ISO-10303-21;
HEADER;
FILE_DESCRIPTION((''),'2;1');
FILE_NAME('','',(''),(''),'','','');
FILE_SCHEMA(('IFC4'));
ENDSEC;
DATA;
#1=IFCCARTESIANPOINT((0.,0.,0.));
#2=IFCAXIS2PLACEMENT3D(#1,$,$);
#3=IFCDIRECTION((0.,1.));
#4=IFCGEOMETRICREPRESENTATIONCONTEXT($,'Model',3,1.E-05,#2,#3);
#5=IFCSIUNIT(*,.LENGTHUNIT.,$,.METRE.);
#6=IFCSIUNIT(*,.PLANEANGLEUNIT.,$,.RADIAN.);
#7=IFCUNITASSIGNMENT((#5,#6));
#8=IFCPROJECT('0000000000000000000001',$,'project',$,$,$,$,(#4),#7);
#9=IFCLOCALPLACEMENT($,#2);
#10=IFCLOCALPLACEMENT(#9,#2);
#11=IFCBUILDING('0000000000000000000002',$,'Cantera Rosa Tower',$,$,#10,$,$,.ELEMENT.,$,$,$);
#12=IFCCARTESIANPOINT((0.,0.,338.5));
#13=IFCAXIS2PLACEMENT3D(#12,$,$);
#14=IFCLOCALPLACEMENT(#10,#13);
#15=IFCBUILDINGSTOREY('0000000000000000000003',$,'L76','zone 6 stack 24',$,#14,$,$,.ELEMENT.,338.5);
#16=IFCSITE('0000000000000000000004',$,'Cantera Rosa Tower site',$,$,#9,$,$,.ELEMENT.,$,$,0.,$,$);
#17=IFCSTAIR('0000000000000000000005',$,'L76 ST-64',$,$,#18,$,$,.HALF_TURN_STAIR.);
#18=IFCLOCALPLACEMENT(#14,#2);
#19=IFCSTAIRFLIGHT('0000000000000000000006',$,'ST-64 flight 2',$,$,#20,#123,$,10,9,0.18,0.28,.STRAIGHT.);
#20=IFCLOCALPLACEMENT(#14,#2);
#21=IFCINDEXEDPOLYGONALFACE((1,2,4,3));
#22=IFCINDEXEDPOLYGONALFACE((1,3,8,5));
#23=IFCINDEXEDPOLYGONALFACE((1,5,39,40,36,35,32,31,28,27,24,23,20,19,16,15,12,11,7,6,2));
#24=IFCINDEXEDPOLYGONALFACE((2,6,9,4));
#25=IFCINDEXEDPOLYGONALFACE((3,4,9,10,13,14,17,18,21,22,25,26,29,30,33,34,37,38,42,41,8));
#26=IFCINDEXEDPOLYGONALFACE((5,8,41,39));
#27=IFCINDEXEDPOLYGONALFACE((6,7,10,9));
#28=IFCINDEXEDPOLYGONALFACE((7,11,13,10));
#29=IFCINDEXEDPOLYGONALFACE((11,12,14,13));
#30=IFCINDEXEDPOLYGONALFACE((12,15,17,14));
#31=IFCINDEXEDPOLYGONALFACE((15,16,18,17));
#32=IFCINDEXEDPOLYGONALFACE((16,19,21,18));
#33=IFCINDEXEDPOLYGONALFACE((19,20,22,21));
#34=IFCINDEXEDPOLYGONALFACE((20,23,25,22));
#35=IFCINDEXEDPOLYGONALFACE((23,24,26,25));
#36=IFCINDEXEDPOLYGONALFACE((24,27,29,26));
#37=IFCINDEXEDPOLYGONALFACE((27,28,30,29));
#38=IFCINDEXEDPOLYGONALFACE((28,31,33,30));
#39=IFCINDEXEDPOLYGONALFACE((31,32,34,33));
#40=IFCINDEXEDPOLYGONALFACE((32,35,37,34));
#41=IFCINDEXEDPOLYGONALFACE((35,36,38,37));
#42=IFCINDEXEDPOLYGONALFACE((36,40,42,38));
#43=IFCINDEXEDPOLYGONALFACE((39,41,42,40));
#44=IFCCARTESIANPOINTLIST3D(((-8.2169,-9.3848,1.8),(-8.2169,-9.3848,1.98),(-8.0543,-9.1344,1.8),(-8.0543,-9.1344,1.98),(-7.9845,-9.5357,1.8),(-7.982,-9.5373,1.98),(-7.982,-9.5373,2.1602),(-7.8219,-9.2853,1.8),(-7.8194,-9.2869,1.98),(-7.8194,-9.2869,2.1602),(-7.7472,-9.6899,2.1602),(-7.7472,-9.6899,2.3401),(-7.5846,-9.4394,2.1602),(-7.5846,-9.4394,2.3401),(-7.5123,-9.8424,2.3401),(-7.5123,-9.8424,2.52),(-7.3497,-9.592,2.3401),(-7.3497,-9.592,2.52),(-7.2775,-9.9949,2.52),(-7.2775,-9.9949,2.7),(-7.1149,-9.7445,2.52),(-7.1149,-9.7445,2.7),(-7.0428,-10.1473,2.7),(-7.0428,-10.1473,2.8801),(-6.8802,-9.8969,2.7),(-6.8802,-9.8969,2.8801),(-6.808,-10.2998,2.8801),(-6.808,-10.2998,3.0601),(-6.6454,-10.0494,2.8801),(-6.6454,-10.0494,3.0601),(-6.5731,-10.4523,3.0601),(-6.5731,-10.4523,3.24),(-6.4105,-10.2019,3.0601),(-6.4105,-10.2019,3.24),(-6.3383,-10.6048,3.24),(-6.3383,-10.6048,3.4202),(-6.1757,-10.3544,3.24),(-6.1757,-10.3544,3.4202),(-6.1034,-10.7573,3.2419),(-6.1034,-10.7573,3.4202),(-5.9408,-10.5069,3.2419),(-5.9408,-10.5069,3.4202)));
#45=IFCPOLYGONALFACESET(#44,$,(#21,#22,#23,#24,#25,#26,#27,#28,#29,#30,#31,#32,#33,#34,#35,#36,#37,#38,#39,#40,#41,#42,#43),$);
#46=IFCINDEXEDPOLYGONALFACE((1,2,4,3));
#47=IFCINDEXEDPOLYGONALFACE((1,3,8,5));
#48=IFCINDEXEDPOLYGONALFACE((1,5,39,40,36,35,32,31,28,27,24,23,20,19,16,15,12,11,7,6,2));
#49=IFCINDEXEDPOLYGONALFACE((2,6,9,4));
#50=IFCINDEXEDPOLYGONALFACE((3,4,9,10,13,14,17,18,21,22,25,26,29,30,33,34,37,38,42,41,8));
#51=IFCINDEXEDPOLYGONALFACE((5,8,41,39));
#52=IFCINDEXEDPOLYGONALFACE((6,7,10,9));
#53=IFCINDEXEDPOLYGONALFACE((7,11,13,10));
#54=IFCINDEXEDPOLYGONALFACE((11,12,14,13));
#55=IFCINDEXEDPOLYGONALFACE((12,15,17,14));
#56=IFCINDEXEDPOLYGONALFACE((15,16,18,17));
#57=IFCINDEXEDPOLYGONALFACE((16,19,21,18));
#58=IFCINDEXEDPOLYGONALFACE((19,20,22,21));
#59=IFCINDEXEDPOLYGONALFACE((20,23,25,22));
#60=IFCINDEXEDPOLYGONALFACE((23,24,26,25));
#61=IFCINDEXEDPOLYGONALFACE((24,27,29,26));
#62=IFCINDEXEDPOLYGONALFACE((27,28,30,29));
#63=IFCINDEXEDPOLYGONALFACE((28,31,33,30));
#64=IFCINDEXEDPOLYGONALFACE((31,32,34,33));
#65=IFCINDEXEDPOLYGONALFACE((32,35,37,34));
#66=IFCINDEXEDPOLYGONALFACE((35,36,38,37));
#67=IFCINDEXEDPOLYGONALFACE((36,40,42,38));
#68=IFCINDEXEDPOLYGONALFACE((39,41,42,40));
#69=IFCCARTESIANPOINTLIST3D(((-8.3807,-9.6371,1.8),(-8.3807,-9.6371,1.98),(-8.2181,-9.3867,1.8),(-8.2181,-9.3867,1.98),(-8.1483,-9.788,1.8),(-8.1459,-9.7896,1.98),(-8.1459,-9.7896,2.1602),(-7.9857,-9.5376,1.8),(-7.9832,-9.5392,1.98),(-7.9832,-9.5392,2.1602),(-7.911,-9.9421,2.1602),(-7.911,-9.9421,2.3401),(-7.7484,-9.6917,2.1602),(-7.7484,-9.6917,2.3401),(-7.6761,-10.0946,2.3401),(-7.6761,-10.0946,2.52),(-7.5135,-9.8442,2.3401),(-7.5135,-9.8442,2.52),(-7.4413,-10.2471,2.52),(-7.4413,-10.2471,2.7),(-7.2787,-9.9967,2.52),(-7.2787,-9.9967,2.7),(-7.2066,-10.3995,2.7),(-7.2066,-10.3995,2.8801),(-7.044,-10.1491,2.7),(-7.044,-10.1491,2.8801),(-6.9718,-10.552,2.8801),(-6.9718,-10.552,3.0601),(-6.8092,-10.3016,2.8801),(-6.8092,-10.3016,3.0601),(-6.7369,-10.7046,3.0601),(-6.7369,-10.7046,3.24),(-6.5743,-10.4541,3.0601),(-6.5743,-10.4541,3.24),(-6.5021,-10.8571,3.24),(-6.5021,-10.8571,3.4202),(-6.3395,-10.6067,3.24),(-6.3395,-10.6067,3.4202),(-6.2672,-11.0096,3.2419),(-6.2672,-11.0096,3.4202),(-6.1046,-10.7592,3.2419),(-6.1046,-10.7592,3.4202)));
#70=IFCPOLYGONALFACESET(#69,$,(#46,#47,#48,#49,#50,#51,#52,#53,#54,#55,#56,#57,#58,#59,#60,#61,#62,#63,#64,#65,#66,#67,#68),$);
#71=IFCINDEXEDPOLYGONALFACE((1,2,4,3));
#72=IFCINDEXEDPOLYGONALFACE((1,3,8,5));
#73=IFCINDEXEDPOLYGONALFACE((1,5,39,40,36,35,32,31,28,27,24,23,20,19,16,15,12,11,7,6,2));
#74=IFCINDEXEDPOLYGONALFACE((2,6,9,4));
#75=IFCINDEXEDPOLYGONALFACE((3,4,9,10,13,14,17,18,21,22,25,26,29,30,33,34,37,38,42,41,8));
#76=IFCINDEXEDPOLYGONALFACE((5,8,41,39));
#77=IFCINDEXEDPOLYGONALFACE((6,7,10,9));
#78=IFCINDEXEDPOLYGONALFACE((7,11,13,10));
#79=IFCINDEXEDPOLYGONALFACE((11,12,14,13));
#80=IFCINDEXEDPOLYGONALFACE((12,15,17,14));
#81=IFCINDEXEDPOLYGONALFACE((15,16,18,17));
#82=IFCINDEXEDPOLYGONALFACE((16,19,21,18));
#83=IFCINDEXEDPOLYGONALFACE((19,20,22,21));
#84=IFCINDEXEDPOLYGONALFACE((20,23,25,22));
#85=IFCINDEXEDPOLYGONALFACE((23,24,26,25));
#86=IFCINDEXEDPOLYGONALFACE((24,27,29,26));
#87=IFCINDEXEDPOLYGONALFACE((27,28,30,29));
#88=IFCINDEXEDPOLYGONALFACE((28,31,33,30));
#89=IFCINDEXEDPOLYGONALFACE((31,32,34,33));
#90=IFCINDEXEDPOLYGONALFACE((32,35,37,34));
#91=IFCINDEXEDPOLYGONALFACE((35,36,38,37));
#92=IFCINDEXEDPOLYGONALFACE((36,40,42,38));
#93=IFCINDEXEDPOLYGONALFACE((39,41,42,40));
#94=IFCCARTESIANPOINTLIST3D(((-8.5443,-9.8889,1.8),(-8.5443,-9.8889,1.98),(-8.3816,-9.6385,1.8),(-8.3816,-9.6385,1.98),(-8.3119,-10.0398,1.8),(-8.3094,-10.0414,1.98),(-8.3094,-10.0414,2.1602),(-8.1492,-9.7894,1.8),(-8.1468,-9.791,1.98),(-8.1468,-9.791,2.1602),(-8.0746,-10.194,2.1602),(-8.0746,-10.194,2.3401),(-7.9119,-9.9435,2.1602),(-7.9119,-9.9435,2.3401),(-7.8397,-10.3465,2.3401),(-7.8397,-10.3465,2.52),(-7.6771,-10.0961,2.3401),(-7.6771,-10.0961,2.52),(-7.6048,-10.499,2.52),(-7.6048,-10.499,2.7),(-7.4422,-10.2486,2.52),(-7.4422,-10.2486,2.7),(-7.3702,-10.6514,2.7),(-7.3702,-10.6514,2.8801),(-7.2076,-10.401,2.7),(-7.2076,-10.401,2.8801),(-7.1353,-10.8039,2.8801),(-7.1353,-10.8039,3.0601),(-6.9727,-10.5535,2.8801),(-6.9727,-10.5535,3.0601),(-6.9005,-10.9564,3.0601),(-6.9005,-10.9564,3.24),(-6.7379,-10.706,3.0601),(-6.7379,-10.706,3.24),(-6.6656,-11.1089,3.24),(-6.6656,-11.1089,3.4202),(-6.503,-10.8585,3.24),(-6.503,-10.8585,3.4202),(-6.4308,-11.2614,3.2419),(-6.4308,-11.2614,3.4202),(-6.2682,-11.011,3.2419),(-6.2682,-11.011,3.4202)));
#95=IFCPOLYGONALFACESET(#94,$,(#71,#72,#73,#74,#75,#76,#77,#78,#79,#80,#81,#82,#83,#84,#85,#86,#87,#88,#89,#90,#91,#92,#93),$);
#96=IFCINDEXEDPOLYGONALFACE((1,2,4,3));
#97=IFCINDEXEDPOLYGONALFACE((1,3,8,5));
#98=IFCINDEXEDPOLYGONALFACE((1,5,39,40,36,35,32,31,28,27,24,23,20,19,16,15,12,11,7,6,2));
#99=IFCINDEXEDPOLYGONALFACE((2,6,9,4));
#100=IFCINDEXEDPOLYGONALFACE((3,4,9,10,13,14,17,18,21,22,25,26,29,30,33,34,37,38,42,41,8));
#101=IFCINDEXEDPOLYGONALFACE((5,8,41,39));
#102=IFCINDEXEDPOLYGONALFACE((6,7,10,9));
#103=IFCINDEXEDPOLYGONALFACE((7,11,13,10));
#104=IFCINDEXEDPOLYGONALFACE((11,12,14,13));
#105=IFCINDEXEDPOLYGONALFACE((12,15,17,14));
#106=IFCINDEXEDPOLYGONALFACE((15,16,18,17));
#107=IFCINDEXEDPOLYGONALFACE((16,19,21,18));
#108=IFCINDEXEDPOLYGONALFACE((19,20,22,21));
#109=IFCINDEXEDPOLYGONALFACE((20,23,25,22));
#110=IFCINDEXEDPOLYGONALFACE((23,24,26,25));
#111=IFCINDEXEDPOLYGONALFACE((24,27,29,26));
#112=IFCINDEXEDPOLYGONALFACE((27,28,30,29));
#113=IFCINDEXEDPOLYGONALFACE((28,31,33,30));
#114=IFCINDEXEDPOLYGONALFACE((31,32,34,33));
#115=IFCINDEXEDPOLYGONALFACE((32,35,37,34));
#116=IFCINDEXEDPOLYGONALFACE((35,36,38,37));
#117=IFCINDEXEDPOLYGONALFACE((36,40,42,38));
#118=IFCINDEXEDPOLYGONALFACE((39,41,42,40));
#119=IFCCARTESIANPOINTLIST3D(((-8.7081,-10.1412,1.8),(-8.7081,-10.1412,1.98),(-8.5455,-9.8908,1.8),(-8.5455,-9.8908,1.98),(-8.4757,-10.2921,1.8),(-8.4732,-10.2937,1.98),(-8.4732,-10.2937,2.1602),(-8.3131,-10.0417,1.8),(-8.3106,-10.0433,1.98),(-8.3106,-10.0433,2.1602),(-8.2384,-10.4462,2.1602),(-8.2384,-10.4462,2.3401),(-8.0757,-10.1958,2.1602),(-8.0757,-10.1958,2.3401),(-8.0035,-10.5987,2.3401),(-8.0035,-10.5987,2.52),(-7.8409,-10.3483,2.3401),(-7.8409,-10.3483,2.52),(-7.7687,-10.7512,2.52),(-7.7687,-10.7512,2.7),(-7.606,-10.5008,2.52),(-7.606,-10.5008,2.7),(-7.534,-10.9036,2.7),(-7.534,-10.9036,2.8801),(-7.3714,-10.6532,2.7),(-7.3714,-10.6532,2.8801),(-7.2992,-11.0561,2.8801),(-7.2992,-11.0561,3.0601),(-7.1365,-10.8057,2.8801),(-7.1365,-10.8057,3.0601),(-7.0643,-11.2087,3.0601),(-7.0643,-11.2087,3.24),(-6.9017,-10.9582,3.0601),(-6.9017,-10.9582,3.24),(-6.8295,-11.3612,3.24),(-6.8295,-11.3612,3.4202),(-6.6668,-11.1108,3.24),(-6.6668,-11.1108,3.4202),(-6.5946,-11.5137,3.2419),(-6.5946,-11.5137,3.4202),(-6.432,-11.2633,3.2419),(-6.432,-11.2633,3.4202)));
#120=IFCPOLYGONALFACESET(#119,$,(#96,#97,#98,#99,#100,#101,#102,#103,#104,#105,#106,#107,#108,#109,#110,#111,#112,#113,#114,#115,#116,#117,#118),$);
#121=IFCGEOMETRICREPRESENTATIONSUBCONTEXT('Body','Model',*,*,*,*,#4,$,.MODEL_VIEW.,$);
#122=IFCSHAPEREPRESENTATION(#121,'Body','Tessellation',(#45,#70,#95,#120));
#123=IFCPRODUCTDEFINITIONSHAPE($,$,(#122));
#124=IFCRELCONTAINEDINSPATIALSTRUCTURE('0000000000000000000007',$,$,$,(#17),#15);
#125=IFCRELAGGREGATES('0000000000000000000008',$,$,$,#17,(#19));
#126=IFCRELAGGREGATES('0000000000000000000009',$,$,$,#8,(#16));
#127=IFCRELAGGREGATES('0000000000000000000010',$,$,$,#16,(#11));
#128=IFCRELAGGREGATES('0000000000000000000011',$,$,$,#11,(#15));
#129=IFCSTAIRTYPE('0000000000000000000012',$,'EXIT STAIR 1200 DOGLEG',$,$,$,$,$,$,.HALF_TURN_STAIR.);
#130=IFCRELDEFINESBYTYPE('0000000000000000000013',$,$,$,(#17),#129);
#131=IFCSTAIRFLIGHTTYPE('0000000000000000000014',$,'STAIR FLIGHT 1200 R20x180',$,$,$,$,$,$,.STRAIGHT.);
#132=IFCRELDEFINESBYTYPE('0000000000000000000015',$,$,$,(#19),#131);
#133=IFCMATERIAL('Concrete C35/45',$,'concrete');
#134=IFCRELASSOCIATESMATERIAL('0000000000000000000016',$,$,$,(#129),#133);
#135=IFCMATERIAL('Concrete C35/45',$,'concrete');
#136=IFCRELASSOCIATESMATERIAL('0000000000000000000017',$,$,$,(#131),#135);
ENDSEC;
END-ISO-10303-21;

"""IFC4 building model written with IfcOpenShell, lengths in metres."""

from ifc_helpers import new_model, si_unit, direction, frame, origin, place, context, subcontext, project, spatial, polyline, outline, extrude, material, type_object, element, aggregate, save


model = new_model("IFC4")

# Units and contexts
model_context = context("Model", 3, precision=1e-05, world=origin(), true_north=direction((0.0, 1.0)))
body_context = subcontext(model_context, "Body", "Model", "MODEL_VIEW")
ifc_project = project(units=[si_unit("LENGTHUNIT", "METRE"), si_unit("PLANEANGLEUNIT", "RADIAN")], contexts=[model_context])

# Site, building, storey
site_placement = place(None, origin())
site = spatial("IfcSite", under=ifc_project, at=site_placement, Name="Cantera Rosa Tower site", CompositionType="ELEMENT", RefElevation=0.0)
building_placement = place(site_placement, origin())
building = spatial("IfcBuilding", under=site, at=building_placement, Name="Cantera Rosa Tower", CompositionType="ELEMENT")
storey_placement = place(building_placement, frame((0.0, 0.0, 338.5)))
storey = spatial("IfcBuildingStorey", under=building, at=storey_placement, Name="L76", Description="zone 6 stack 24", CompositionType="ELEMENT", Elevation=338.5)

# Stair, stair flight
ifc_material_1 = material(Name="Concrete C35/45", Category="concrete")
stair_type = type_object("IfcStairType", Name="EXIT STAIR 1200 DOGLEG", PredefinedType="HALF_TURN_STAIR", material=ifc_material_1)
stair_placement = place(storey_placement, origin())
stair = element("IfcStair", 1, at=stair_placement, inside=storey, type_object=stair_type, Name="L76 ST-64", PredefinedType="HALF_TURN_STAIR")
ifc_material_2 = material(Name="Concrete C35/45", Category="concrete")
stair_flight_type = type_object("IfcStairFlightType", Name="STAIR FLIGHT 1200 R20x180", PredefinedType="STRAIGHT", material=ifc_material_2)
stair_flight_placement = place(storey_placement, frame((-8.3811, -9.6377, 1.8), z_axis=(0.0, 0.0, 1.0), x_axis=(0.838671, -0.544639, 0.0)))
stair_flight = element("IfcStairFlight", 2, at=stair_flight_placement, type_object=stair_flight_type, Name="ST-64 flight 2", NumberOfRisers=10, NumberOfTreads=9, PredefinedType="STRAIGHT", RiserHeight=0.18, TreadLength=0.28, context=body_context, shape_type="SweptSolid", body=[
    extrude(outline(polyline([(0.0, 0.0), (0.0, 0.1799), (0.28, 0.1799), (0.28, 0.3601), (0.5601, 0.3601), (0.5601, 0.54), (0.8401, 0.54), (0.8401, 0.72), (1.1201, 0.72), (1.1201, 0.8999), (1.3999, 0.8999), (1.3999, 1.0801), (1.6799, 1.0801), (1.6799, 1.26), (1.96, 1.26), (1.96, 1.4399), (2.24, 1.4399), (2.24, 1.6201), (2.52, 1.6201), (2.52, 1.8), (2.52, 1.4419), (0.2771, 0.0), (0.0, 0.0)])), frame((0.0, 0.6001, 0.0), z_axis=(0.0, -1.0, 0.0), x_axis=(1.0, 0.0, 0.0)), (0.0, 0.0, 1.0), 0.2986),
    extrude(outline(polyline([(0.0, 0.0), (0.0, 0.1799), (0.28, 0.1799), (0.28, 0.3601), (0.5601, 0.3601), (0.5601, 0.54), (0.8401, 0.54), (0.8401, 0.72), (1.1201, 0.72), (1.1201, 0.8999), (1.3999, 0.8999), (1.3999, 1.0801), (1.6799, 1.0801), (1.6799, 1.26), (1.96, 1.26), (1.96, 1.4399), (2.24, 1.4399), (2.24, 1.6201), (2.52, 1.6201), (2.52, 1.8), (2.52, 1.4419), (0.2771, 0.0), (0.0, 0.0)])), frame((0.0, 0.2993, 0.0), z_axis=(0.0, -1.0, 0.0), x_axis=(1.0, 0.0, 0.0)), (0.0, 0.0, 1.0), 0.2986),
    extrude(outline(polyline([(0.0, 0.0), (0.0, 0.1799), (0.28, 0.1799), (0.28, 0.3601), (0.5601, 0.3601), (0.5601, 0.54), (0.8401, 0.54), (0.8401, 0.72), (1.1201, 0.72), (1.1201, 0.8999), (1.3999, 0.8999), (1.3999, 1.0801), (1.6799, 1.0801), (1.6799, 1.26), (1.96, 1.26), (1.96, 1.4399), (2.24, 1.4399), (2.24, 1.6201), (2.52, 1.6201), (2.52, 1.8), (2.52, 1.4419), (0.2771, 0.0), (0.0, 0.0)])), frame((0.0, -0.001, 0.0), z_axis=(0.0, -1.0, 0.0), x_axis=(1.0, 0.0, 0.0)), (0.0, 0.0, 1.0), 0.2986),
    extrude(outline(polyline([(0.0, 0.0), (0.0, 0.1799), (0.28, 0.1799), (0.28, 0.3601), (0.5601, 0.3601), (0.5601, 0.54), (0.8401, 0.54), (0.8401, 0.72), (1.1201, 0.72), (1.1201, 0.8999), (1.3999, 0.8999), (1.3999, 1.0801), (1.6799, 1.0801), (1.6799, 1.26), (1.96, 1.26), (1.96, 1.4399), (2.24, 1.4399), (2.24, 1.6201), (2.52, 1.6201), (2.52, 1.8), (2.52, 1.4419), (0.2771, 0.0), (0.0, 0.0)])), frame((0.0, -0.3018, 0.0), z_axis=(0.0, -1.0, 0.0), x_axis=(1.0, 0.0, 0.0)), (0.0, 0.0, 1.0), 0.2986),
])
aggregate(stair, [stair_flight])

save(model, "model.ifc")
